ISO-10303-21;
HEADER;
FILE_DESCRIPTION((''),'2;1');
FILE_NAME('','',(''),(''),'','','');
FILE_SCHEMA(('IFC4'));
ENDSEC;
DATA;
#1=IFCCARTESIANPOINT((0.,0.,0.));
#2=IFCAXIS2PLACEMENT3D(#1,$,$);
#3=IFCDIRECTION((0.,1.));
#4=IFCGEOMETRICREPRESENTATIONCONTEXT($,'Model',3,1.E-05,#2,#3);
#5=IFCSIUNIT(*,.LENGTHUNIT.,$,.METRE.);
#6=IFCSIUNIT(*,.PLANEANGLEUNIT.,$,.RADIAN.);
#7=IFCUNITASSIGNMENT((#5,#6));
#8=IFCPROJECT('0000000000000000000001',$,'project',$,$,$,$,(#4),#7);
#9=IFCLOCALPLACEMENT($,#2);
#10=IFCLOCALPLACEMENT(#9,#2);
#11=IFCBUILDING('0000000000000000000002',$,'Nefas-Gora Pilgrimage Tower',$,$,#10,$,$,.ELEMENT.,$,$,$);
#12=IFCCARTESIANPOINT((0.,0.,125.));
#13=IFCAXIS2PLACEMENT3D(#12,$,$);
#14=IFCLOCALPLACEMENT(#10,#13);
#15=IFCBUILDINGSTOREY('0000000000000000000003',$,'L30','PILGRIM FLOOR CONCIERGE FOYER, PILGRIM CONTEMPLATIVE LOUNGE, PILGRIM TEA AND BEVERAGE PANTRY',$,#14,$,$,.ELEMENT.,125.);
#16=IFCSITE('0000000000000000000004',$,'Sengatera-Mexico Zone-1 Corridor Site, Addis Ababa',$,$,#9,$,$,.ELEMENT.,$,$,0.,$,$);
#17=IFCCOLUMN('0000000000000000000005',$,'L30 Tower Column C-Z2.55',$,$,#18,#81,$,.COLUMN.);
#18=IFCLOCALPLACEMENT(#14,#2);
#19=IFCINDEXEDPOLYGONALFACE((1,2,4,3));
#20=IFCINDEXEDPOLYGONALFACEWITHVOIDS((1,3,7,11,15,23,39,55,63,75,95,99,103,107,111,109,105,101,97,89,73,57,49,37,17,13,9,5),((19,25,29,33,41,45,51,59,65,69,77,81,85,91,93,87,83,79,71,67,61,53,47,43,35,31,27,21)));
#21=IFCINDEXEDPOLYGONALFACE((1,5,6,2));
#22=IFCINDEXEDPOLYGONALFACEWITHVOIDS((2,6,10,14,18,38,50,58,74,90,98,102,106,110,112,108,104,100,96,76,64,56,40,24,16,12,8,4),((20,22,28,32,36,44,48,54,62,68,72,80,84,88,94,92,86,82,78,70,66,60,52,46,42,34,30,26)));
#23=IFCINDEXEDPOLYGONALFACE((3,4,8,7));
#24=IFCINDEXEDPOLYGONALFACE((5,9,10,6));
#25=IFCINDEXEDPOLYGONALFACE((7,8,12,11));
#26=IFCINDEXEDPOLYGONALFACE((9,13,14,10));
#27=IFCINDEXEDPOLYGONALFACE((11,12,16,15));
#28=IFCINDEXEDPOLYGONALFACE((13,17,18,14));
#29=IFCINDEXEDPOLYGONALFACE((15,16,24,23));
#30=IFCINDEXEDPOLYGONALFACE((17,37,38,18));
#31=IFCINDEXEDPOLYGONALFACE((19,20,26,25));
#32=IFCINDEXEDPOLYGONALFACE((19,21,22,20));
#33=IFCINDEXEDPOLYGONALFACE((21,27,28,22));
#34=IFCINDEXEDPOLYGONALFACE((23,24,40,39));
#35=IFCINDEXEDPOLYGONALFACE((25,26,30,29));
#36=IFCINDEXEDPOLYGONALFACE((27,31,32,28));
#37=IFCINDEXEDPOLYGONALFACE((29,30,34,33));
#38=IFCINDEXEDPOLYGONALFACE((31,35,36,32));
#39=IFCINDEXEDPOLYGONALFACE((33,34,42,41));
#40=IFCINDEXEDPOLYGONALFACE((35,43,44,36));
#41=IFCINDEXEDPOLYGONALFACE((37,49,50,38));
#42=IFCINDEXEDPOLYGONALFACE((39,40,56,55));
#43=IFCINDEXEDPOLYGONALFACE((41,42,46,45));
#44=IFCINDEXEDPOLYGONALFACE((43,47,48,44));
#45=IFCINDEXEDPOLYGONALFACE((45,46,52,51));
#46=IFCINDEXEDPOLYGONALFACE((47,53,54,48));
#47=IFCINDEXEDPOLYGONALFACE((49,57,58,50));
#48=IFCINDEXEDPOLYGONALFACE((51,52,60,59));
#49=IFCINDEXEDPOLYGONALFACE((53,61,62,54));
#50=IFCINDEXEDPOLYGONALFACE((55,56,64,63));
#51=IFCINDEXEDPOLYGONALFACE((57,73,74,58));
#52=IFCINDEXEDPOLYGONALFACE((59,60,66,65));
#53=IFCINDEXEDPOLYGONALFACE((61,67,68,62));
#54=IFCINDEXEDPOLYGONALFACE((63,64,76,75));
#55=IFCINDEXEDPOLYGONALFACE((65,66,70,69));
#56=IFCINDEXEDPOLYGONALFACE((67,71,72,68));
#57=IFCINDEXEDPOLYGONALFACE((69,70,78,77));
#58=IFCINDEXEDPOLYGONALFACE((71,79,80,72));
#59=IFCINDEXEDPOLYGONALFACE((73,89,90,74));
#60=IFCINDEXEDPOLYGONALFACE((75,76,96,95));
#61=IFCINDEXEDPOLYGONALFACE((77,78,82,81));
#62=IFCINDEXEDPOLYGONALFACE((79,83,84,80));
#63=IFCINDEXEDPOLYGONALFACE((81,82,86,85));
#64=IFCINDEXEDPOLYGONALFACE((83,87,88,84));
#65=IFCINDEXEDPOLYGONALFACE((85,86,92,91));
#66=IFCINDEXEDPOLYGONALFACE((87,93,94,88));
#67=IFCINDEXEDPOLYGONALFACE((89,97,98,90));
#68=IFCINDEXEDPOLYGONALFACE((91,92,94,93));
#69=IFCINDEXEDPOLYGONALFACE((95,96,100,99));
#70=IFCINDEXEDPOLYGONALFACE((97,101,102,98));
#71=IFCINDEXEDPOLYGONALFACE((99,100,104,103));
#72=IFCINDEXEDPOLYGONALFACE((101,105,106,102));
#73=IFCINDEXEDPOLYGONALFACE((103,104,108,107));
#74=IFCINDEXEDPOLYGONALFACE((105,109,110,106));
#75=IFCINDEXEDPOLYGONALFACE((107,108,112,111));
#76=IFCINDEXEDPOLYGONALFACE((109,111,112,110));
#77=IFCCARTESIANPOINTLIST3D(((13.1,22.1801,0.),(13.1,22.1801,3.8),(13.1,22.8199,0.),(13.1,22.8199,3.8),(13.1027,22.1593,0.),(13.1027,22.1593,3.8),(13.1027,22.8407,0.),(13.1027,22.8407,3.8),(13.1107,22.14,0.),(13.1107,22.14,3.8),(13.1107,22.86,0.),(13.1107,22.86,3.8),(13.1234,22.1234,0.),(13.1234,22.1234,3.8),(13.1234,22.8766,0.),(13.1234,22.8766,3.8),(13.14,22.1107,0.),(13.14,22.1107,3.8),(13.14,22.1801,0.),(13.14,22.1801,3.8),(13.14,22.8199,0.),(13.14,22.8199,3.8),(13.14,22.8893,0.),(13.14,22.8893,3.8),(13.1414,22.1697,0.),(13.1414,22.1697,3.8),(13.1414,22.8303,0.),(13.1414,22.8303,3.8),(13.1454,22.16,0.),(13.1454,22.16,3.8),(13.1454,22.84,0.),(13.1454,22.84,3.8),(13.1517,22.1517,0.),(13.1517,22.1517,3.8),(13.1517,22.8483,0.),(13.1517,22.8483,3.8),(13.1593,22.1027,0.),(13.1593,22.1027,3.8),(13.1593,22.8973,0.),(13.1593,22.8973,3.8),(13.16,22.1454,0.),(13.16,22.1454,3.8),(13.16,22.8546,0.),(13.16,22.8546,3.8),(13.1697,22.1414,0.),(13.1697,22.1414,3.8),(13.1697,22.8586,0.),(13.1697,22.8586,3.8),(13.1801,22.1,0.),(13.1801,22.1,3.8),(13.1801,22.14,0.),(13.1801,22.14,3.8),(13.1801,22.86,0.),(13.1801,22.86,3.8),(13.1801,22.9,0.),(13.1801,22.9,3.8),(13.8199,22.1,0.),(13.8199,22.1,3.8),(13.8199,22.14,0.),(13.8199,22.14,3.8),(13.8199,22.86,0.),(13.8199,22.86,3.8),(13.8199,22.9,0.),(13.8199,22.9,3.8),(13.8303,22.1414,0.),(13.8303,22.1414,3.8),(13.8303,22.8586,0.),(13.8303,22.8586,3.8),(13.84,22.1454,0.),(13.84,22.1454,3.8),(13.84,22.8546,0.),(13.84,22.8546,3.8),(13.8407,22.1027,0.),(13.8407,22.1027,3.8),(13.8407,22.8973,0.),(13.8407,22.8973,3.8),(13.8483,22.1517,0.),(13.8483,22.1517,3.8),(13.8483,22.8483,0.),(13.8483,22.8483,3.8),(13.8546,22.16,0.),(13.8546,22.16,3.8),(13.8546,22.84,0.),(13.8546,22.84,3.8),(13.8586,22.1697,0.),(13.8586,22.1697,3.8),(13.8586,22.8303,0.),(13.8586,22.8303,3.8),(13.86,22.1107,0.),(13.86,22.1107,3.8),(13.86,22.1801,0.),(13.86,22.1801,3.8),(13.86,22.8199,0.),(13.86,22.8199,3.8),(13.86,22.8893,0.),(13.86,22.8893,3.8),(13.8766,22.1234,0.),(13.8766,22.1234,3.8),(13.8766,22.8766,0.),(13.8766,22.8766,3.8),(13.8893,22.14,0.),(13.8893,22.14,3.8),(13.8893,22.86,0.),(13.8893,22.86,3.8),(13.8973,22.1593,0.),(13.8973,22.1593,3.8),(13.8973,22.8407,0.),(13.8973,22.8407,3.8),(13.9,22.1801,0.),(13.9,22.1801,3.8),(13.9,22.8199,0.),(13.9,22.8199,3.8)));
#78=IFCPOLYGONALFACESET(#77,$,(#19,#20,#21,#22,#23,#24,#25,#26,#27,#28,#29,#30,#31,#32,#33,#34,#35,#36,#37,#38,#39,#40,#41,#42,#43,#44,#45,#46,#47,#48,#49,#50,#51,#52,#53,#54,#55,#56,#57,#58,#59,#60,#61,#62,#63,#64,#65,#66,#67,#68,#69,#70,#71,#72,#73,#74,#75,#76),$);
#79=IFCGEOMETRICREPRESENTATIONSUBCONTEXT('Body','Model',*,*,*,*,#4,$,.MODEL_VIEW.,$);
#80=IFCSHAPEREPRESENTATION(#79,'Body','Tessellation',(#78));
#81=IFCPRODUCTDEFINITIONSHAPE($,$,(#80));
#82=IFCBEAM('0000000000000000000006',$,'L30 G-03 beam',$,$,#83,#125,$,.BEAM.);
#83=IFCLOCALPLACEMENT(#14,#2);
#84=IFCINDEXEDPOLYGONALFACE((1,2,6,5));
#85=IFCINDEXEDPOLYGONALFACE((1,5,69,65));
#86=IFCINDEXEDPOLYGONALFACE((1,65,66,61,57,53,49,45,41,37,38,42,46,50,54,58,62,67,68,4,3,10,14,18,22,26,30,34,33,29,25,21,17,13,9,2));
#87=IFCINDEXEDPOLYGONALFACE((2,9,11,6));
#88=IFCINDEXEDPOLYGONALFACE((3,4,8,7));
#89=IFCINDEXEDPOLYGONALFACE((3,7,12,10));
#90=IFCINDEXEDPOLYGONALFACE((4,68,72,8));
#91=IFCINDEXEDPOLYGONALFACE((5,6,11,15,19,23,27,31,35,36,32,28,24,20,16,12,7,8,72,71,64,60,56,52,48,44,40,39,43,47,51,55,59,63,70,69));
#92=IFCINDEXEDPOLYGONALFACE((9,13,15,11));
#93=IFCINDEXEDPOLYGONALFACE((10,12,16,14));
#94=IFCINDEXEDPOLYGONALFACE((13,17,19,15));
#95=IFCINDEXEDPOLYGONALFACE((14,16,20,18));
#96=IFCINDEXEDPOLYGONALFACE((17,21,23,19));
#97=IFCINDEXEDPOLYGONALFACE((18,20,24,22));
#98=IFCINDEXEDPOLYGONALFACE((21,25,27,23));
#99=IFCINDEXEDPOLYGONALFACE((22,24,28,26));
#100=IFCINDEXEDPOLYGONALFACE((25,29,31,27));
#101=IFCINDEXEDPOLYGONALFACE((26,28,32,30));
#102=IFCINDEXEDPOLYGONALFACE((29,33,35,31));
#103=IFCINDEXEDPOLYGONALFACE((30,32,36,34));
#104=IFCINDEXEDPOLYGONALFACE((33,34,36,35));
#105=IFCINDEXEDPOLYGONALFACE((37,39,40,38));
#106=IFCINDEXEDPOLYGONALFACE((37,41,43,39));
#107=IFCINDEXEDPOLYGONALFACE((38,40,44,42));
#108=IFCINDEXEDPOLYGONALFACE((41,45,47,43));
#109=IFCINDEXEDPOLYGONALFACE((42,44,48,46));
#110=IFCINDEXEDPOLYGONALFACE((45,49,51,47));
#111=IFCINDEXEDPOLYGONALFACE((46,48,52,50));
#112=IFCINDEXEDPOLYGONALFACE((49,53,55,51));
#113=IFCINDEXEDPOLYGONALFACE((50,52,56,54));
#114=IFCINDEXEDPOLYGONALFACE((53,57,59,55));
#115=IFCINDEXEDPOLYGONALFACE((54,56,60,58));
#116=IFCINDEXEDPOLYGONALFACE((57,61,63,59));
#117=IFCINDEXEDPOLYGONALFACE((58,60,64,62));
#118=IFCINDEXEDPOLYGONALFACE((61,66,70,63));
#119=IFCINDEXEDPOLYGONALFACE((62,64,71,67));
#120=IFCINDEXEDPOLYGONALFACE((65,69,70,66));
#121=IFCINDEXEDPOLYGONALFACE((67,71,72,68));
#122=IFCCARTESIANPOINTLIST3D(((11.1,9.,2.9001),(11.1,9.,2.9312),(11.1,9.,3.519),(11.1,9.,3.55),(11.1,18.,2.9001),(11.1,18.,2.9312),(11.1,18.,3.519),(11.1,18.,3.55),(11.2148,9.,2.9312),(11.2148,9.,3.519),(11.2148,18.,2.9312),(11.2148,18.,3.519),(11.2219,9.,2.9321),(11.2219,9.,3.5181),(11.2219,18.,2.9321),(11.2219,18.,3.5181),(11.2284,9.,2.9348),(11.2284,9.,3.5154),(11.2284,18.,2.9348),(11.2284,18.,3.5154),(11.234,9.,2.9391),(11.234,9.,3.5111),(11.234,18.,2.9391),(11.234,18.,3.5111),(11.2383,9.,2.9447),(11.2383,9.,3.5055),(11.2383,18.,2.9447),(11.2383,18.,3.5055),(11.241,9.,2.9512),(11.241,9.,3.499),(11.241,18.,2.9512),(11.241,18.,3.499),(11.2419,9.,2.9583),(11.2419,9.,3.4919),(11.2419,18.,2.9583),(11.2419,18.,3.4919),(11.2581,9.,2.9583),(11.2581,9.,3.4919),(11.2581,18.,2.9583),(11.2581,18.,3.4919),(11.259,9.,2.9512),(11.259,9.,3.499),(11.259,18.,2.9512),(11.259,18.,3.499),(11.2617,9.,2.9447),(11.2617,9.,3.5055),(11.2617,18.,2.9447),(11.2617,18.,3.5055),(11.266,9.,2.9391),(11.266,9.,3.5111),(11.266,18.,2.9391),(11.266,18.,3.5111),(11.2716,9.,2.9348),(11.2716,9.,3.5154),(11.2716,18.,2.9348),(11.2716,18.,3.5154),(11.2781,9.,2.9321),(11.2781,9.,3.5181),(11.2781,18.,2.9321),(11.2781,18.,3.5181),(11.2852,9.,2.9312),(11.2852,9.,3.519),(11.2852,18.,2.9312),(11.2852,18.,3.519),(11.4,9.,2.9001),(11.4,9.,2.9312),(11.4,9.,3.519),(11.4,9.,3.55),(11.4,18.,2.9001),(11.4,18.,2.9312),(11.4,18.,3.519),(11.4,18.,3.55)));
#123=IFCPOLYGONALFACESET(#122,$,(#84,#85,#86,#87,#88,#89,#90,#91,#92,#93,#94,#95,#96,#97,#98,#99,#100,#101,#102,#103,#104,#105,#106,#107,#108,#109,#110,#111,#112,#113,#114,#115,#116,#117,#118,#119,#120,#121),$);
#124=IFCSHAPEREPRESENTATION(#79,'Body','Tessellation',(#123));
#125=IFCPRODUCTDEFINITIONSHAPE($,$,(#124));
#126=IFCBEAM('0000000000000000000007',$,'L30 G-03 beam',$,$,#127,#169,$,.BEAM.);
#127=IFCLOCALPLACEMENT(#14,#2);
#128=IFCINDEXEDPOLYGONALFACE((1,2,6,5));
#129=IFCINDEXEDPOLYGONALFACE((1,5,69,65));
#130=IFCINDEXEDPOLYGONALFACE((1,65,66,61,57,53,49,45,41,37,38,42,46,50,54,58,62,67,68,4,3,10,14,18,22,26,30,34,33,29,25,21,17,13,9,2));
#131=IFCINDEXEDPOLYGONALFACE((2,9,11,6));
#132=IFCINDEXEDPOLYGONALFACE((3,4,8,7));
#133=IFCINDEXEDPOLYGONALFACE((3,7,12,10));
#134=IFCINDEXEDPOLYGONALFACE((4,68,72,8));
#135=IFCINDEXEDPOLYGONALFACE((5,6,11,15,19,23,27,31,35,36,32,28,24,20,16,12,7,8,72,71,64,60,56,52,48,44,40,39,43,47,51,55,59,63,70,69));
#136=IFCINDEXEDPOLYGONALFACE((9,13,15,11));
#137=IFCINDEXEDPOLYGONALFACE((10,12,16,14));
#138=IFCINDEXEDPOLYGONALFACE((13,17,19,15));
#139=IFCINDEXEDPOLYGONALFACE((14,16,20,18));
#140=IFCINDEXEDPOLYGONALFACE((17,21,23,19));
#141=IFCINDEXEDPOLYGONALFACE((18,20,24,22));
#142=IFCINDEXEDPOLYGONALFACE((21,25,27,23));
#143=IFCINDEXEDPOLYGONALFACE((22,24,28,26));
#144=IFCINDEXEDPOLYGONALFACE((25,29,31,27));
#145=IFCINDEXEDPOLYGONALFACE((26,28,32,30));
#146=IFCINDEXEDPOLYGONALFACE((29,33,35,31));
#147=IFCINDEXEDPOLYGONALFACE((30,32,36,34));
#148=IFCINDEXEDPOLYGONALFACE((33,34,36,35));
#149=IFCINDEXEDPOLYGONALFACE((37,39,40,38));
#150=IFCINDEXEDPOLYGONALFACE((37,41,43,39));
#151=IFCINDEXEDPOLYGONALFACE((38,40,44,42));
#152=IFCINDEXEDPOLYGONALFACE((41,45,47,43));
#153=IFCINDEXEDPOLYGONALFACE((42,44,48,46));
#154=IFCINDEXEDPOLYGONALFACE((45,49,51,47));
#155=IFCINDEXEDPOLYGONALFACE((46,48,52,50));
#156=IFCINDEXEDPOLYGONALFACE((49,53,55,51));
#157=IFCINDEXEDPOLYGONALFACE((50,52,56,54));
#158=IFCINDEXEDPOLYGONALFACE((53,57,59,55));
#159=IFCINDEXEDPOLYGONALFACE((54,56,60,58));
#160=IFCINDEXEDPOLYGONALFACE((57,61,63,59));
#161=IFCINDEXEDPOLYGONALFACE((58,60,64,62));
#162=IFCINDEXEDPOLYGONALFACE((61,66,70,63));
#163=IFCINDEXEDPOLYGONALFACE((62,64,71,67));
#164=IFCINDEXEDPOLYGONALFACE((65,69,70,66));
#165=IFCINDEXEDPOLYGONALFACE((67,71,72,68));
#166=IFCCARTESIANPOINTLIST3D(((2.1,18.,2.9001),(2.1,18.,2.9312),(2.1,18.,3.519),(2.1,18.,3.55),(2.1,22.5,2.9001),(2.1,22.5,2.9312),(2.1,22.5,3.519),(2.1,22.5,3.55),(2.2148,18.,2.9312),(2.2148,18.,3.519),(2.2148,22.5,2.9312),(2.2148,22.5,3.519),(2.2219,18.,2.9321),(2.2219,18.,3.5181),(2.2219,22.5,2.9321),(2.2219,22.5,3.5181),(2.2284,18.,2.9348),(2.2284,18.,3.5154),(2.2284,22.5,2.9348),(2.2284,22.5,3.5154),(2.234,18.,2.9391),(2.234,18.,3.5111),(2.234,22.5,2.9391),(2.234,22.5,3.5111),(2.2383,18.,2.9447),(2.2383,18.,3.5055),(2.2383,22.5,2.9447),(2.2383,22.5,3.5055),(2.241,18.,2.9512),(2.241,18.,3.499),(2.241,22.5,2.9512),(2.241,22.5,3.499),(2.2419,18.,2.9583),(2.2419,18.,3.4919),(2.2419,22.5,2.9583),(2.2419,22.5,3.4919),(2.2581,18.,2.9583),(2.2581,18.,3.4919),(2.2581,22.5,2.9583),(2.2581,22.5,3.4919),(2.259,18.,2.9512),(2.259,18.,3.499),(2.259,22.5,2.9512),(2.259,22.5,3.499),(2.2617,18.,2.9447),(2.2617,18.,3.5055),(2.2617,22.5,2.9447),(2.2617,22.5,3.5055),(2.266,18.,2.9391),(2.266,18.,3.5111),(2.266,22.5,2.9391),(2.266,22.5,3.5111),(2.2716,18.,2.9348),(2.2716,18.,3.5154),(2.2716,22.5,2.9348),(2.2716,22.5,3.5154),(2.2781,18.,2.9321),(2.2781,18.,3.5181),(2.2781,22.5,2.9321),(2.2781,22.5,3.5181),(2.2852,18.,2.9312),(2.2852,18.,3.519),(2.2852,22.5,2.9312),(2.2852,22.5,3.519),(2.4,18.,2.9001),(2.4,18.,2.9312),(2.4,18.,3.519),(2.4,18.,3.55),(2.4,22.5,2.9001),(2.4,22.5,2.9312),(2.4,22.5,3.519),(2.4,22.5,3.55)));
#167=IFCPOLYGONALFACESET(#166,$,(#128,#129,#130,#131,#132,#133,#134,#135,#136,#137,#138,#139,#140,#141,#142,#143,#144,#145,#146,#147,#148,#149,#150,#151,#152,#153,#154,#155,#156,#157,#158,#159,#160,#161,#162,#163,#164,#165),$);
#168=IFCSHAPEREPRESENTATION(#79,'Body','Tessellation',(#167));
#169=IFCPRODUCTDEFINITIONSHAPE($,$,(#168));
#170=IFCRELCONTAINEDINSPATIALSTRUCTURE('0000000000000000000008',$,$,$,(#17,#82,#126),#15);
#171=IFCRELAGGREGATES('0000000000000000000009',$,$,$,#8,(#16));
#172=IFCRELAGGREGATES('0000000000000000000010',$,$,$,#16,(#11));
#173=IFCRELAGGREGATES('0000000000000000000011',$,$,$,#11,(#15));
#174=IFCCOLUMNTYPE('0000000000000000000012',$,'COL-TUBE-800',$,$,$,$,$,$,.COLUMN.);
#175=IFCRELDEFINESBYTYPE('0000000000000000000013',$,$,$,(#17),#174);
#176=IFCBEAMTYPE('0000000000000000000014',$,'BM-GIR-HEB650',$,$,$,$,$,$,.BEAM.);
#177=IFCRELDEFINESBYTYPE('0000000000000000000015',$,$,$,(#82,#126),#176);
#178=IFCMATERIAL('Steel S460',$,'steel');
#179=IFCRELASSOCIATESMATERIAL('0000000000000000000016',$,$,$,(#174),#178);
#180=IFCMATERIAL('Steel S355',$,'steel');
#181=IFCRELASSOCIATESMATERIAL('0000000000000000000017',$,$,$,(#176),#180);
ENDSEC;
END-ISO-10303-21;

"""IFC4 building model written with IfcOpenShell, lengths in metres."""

from ifc_helpers import new_model, si_unit, direction, frame, origin, origin_2d, place, context, subcontext, project, spatial, hollow_rectangle, i_section, extrude, source, transform, mapped, material, material_profile, profile_set, type_object, element, save


model = new_model("IFC4")

# Units and contexts
model_context = context("Model", 3, precision=1e-05, world=origin(), true_north=direction((0.0, 1.0)))
body_context = subcontext(model_context, "Body", "Model", "MODEL_VIEW")
ifc_project = project(units=[si_unit("LENGTHUNIT", "METRE"), si_unit("PLANEANGLEUNIT", "RADIAN")], contexts=[model_context])

# Site, building, storey
site_placement = place(None, origin())
site = spatial("IfcSite", under=ifc_project, at=site_placement, Name="Sengatera-Mexico Zone-1 Corridor Site, Addis Ababa", CompositionType="ELEMENT", RefElevation=0.0)
building_placement = place(site_placement, origin())
building = spatial("IfcBuilding", under=site, at=building_placement, Name="Nefas-Gora Pilgrimage Tower", CompositionType="ELEMENT")
storey_placement = place(building_placement, frame((0.0, 0.0, 125.0)))
storey = spatial("IfcBuildingStorey", under=building, at=storey_placement, Name="L30", Description="PILGRIM FLOOR CONCIERGE FOYER, PILGRIM CONTEMPLATIVE LOUNGE, PILGRIM TEA AND BEVERAGE PANTRY", CompositionType="ELEMENT", Elevation=125.0)

# Column
ifc_material_1 = material(Name="Steel S460", Category="steel")
ifc_material_profile_1 = material_profile(ifc_material_1, hollow_rectangle(XDim=0.8, YDim=0.8, WallThickness=0.04, InnerFilletRadius=0.04, OuterFilletRadius=0.0801, at=origin_2d()), Name="BOX 800x800x40")
ifc_profile_set_1 = profile_set([ifc_material_profile_1], Name="Steel S460")
column_type_1 = type_object("IfcColumnType", Name="COL-TUBE-800", PredefinedType="COLUMN", material=ifc_profile_set_1)
shared_shape_1 = source(origin(), body_context, "Body", "SweptSolid", [
    extrude(hollow_rectangle(XDim=0.8, YDim=0.8, WallThickness=0.04, InnerFilletRadius=0.04, OuterFilletRadius=0.0801, at=origin_2d()), origin(), (0.0, 0.0, 1.0), 3.8),
])
for number, where, z_axis, x_axis, name in (
    (1, (13.5, 22.5, 0.0), (0.0, 0.0, 1.0), (1.0, 0.0, 0.0), "L30 Tower Column C-Z2.55"),
):
    element("IfcColumn", number, at=place(storey_placement, frame(where, z_axis=z_axis, x_axis=x_axis)), inside=storey, type_object=column_type_1, Name=name, PredefinedType="COLUMN", context=body_context, shape_type="MappedRepresentation", body=[
        mapped(shared_shape_1, transform((0.0, 0.0, 0.0), x_axis=(1.0, 0.0, 0.0), y_axis=(0.0, 1.0, 0.0), z_axis=(0.0, 0.0, 1.0), scale=1.0)),
    ])

# Beams
ifc_material_2 = material(Name="Steel S355", Category="steel")
ifc_material_profile_2 = material_profile(ifc_material_2, i_section(OverallWidth=0.3, OverallDepth=0.6499, WebThickness=0.0161, FlangeThickness=0.031, FilletRadius=0.0271, at=origin_2d()), Name="HEB 650")
ifc_profile_set_2 = profile_set([ifc_material_profile_2], Name="Steel S355")
beam_type_1 = type_object("IfcBeamType", Name="BM-GIR-HEB650", PredefinedType="BEAM", material=ifc_profile_set_2)
shared_shape_2 = source(origin(), body_context, "Body", "SweptSolid", [
    extrude(i_section(OverallWidth=0.3, OverallDepth=0.6499, WebThickness=0.0161, FlangeThickness=0.031, FilletRadius=0.0271, at=origin_2d()), origin(), (0.0, 0.0, 1.0), 9.0),
])
beam_1_placement = place(storey_placement, frame((11.25, 9.0, 3.2251), z_axis=(0.0, 1.0, 0.0), x_axis=(-1.0, 0.0, 0.0)))
element("IfcBeam", 2, at=beam_1_placement, inside=storey, type_object=beam_type_1, Name="L30 G-03 beam", PredefinedType="BEAM", context=body_context, shape_type="MappedRepresentation", body=[
    mapped(shared_shape_2, transform((0.0, 0.0, 0.0), x_axis=(1.0, 0.0, 0.0), y_axis=(0.0, 1.0, 0.0), z_axis=(0.0, 0.0, 1.0), scale=1.0)),
])
shared_shape_3 = source(origin(), body_context, "Body", "SweptSolid", [
    extrude(i_section(OverallWidth=0.3, OverallDepth=0.6499, WebThickness=0.0161, FlangeThickness=0.031, FilletRadius=0.0271, at=origin_2d()), origin(), (0.0, 0.0, 1.0), 4.5),
])
for number, where, z_axis, x_axis, name in (
    (3, (2.25, 18.0, 3.2251), (0.0, 1.0, 0.0), (-1.0, 0.0, 0.0), "L30 G-03 beam"),
):
    element("IfcBeam", number, at=place(storey_placement, frame(where, z_axis=z_axis, x_axis=x_axis)), inside=storey, type_object=beam_type_1, Name=name, PredefinedType="BEAM", context=body_context, shape_type="MappedRepresentation", body=[
        mapped(shared_shape_3, transform((0.0, 0.0, 0.0), x_axis=(1.0, 0.0, 0.0), y_axis=(0.0, 1.0, 0.0), z_axis=(0.0, 0.0, 1.0), scale=1.0)),
    ])

save(model, "model.ifc")
